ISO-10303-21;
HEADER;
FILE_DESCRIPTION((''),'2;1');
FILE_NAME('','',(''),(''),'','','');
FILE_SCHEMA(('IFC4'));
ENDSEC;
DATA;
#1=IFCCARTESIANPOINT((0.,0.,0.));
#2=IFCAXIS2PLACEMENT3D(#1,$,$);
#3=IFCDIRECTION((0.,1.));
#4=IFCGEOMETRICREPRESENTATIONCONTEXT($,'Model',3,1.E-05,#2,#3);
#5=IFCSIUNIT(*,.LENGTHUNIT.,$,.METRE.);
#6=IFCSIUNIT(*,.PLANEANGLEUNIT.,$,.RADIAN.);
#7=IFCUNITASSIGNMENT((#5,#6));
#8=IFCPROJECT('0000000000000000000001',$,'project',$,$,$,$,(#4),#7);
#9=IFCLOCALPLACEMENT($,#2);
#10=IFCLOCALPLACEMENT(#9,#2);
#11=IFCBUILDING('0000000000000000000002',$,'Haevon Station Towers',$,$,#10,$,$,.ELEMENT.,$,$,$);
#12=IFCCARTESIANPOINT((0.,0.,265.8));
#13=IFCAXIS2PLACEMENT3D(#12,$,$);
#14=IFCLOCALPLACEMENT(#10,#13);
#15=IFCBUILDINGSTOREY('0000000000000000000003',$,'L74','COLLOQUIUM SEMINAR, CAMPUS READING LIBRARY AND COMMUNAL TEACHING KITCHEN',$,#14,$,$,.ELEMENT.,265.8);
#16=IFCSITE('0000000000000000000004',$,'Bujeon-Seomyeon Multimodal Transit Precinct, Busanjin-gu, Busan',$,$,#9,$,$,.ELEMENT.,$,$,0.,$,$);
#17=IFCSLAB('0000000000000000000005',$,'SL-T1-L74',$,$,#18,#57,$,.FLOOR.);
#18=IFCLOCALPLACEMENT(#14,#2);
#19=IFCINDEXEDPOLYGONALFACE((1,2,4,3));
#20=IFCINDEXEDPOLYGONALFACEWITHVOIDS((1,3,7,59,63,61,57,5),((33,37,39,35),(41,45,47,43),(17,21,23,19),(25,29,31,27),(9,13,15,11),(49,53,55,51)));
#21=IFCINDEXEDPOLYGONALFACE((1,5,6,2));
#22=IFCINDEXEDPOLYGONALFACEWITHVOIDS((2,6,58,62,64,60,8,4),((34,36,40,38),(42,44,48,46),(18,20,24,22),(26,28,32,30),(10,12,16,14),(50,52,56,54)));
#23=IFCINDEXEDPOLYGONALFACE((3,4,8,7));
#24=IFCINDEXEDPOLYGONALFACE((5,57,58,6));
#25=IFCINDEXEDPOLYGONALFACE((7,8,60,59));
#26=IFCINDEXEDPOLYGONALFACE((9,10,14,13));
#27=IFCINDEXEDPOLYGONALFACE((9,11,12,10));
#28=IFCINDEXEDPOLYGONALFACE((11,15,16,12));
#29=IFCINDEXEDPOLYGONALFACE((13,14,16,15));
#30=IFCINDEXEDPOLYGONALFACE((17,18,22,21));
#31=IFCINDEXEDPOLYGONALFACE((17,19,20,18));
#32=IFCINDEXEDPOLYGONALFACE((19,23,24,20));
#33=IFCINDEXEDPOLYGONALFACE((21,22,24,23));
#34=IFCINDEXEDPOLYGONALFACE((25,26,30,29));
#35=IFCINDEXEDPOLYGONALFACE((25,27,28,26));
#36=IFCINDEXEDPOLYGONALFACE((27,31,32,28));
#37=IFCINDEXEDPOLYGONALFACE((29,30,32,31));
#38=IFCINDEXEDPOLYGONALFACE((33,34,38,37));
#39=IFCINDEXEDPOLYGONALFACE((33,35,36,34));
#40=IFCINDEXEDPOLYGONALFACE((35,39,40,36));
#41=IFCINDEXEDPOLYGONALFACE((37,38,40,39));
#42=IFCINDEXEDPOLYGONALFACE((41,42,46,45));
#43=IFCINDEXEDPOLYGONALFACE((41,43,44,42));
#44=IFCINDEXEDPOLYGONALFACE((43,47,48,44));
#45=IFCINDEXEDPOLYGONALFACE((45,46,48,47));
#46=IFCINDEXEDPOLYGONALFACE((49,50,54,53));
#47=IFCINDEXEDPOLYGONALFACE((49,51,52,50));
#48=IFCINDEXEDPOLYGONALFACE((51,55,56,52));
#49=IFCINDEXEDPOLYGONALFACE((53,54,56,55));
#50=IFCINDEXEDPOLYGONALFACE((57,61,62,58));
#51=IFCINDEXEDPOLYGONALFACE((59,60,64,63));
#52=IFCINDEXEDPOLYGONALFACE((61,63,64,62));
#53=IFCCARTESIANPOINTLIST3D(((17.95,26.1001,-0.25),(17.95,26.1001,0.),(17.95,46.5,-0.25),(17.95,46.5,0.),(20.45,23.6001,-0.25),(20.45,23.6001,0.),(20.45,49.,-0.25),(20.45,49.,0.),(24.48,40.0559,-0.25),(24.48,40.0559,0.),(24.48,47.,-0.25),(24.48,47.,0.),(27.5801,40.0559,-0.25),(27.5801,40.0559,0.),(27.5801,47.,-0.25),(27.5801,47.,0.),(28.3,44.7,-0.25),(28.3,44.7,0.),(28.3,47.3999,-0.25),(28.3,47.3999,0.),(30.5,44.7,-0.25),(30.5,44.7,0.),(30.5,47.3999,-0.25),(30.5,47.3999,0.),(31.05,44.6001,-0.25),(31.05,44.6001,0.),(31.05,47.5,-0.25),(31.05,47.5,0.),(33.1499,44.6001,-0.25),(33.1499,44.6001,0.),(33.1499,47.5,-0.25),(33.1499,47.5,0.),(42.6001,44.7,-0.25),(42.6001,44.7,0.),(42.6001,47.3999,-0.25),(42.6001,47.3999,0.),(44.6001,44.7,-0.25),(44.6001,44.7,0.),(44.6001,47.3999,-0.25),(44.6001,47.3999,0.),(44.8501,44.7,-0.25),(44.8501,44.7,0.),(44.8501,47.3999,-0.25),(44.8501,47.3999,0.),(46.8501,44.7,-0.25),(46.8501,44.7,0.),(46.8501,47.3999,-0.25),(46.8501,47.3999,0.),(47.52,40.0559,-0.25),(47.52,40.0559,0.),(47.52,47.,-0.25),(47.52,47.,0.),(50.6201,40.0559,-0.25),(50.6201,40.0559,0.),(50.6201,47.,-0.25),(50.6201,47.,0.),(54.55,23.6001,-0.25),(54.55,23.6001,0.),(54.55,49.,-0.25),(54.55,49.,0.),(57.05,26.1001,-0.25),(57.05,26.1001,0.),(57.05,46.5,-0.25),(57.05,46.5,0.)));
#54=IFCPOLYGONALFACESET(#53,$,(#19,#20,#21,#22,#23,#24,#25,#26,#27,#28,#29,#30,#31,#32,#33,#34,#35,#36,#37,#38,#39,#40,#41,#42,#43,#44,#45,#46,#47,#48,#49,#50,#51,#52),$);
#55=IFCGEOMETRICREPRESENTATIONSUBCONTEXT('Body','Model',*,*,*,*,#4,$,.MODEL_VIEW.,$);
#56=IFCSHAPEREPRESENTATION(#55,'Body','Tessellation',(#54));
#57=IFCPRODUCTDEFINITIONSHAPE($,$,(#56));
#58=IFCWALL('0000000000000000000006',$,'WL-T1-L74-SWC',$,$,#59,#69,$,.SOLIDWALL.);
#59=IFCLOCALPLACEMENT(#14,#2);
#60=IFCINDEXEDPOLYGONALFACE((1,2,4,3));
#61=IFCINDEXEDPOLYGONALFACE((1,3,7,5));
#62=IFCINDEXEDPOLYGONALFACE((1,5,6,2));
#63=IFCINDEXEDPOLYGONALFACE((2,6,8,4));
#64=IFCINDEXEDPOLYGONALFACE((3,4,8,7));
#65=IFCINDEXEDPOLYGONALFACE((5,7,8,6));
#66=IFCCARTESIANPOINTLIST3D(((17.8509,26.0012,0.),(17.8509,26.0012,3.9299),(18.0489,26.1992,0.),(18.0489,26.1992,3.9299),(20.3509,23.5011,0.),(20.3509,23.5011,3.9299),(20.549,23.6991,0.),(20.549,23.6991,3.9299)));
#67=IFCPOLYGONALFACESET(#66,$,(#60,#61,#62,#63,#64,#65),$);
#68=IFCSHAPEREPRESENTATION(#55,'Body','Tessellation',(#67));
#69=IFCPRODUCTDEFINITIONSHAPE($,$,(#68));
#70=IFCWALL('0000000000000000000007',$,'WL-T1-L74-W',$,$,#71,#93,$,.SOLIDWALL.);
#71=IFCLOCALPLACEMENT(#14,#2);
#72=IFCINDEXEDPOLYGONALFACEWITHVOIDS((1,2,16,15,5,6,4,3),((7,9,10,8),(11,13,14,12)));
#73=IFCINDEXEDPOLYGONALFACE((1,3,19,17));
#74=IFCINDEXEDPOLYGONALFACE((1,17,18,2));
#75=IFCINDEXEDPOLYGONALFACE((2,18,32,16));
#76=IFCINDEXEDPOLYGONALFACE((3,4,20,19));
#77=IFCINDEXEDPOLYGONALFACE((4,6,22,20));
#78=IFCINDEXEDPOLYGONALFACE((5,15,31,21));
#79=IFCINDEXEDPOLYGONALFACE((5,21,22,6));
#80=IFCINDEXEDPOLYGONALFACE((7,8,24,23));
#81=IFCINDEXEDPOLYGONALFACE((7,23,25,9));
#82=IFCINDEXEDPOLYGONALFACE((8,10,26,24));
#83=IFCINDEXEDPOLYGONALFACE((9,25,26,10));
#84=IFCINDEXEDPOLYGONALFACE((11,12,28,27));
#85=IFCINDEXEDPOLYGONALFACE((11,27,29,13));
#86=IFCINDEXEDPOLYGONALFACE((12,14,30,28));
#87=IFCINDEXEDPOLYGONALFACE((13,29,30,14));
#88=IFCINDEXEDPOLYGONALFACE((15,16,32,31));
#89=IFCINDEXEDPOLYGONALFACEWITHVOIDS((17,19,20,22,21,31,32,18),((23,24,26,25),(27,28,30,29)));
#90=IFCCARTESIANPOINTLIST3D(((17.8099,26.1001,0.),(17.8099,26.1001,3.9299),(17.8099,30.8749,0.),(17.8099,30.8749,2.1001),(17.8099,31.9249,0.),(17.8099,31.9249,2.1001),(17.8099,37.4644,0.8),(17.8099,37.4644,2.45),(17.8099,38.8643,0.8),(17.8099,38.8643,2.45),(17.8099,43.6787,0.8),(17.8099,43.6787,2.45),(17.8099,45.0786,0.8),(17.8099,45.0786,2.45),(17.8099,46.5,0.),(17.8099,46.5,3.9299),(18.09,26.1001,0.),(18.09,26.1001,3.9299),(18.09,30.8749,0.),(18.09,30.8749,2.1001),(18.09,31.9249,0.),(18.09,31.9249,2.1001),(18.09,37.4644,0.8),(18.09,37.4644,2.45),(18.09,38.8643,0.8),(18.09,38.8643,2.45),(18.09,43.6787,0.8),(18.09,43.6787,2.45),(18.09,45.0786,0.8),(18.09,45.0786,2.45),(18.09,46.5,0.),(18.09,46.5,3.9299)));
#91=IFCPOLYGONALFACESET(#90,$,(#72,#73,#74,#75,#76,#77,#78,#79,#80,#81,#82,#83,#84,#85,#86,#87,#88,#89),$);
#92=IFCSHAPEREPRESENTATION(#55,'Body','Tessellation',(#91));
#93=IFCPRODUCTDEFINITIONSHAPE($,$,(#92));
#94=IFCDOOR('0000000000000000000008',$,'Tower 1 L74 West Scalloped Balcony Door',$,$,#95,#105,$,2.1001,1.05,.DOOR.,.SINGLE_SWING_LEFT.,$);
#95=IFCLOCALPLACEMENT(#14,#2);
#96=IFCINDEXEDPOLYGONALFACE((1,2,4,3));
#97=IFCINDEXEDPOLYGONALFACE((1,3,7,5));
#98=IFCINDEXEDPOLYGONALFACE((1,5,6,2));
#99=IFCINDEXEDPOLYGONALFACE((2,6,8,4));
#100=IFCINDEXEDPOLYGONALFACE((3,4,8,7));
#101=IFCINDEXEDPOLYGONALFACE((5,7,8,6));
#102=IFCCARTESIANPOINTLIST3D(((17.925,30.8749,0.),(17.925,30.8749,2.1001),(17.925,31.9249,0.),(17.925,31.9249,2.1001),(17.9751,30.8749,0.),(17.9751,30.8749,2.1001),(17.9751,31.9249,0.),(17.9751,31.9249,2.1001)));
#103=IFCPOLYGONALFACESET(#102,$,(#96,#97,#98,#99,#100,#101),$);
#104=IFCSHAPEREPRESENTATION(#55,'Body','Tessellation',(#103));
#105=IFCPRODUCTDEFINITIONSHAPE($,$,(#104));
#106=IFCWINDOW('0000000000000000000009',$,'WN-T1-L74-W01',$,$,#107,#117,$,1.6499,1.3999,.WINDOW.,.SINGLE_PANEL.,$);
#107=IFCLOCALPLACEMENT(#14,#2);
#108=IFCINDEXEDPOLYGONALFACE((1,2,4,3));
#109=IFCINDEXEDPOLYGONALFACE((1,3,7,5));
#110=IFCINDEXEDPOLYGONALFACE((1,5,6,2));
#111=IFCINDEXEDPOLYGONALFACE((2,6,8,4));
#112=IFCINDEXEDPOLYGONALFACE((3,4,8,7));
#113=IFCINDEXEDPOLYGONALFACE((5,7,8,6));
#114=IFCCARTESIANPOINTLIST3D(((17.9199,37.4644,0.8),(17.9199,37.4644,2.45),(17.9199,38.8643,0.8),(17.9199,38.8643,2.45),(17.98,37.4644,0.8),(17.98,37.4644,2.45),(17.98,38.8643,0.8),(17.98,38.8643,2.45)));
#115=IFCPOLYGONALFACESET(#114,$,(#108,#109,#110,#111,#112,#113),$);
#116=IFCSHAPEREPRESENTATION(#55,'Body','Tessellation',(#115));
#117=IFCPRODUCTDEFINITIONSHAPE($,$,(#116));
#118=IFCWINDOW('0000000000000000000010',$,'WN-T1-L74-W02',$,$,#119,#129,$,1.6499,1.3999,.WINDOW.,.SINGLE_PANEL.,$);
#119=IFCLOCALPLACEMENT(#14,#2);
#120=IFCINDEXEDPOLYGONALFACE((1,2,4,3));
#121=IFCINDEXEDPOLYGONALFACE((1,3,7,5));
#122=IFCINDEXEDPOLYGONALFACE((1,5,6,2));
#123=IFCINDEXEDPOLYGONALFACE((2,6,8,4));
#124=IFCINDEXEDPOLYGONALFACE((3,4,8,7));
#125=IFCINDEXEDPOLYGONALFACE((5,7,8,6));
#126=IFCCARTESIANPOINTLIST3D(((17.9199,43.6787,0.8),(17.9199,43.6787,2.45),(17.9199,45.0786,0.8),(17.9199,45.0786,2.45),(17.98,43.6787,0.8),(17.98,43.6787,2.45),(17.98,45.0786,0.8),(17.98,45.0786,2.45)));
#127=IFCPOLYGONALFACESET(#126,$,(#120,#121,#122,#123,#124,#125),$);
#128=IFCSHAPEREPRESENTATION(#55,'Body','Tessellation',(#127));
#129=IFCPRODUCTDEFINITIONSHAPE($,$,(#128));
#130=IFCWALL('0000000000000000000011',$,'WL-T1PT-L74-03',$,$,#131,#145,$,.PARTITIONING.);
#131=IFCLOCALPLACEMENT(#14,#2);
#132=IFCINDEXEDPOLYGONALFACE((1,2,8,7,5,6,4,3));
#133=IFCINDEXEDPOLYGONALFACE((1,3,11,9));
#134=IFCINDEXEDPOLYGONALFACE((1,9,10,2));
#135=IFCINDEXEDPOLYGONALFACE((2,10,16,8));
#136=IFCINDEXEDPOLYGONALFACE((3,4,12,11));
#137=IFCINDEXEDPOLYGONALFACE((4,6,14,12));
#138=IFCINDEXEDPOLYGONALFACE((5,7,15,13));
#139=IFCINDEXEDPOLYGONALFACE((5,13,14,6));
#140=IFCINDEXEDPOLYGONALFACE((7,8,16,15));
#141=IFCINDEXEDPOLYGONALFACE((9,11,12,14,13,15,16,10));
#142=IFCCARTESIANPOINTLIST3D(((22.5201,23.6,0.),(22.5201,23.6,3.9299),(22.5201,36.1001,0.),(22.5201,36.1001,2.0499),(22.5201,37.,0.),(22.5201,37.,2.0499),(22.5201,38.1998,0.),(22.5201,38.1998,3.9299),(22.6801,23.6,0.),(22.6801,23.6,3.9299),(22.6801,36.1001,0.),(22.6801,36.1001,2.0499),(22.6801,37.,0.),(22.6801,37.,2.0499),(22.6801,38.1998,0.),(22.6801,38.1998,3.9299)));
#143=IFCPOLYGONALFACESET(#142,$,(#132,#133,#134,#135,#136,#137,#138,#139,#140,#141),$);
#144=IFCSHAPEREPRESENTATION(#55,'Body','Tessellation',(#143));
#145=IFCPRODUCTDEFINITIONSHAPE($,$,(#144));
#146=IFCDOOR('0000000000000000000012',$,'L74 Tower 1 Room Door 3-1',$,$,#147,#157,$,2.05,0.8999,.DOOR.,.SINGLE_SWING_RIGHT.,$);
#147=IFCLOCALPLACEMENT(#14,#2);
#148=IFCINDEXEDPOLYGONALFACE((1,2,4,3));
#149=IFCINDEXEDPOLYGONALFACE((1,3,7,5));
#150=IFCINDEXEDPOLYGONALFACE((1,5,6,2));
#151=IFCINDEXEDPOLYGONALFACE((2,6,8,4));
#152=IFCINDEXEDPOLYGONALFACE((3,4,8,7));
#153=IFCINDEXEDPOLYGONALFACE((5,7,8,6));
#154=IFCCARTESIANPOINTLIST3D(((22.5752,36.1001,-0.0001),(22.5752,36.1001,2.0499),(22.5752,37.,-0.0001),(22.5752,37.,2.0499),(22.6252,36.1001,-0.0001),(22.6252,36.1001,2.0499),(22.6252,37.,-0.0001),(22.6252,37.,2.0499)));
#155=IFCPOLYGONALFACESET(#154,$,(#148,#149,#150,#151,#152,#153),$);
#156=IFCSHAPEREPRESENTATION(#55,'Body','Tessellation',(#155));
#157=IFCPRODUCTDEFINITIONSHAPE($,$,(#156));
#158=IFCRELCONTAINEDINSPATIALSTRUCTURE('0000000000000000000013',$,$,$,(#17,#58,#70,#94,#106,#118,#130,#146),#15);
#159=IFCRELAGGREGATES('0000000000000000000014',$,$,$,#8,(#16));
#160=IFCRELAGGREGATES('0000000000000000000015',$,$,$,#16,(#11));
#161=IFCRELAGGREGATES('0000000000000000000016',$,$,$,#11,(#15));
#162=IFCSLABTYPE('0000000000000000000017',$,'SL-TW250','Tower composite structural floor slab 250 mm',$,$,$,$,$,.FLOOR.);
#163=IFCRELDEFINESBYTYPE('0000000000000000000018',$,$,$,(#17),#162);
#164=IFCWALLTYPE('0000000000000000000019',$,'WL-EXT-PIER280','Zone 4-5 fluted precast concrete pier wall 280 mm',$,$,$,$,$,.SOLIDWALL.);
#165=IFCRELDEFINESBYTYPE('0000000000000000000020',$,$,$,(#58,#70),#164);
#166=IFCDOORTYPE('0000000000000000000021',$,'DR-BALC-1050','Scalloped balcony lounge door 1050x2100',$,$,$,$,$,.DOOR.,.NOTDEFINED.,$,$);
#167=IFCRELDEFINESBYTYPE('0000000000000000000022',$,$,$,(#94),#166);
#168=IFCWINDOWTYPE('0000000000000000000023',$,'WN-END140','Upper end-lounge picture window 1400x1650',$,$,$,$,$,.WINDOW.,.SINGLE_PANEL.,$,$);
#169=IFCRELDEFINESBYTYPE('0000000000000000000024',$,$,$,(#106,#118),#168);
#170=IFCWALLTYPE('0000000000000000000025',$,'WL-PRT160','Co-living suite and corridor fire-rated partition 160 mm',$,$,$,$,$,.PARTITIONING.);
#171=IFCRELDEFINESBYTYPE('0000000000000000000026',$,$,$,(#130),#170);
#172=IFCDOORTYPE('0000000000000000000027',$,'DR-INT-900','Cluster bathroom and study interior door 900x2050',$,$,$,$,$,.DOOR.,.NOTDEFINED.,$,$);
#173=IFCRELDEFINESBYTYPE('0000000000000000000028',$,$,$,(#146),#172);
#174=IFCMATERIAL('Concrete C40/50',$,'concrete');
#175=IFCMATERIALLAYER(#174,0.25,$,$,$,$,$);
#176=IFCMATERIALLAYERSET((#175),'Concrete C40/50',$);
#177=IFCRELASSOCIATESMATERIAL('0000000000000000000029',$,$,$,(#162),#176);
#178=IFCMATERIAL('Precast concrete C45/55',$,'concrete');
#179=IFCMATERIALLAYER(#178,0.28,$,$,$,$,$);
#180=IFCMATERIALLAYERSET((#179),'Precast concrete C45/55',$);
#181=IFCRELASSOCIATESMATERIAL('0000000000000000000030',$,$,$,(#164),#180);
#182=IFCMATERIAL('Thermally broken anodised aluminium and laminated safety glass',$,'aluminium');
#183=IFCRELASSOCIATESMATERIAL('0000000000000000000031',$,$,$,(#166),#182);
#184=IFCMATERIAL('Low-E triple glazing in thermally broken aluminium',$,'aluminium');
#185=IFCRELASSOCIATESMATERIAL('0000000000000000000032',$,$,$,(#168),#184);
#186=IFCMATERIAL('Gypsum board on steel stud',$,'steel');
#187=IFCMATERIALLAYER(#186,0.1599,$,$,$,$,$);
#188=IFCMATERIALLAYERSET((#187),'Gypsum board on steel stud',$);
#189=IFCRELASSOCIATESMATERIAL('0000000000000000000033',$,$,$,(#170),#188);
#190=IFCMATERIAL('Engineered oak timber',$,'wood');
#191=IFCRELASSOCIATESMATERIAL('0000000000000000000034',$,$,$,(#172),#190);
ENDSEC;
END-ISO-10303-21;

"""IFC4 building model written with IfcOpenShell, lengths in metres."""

from ifc_helpers import new_model, si_unit, direction, frame, frame_2d, origin, place, context, subcontext, project, spatial, polyline, rectangle, outline, extrude, material, layer, layer_set, type_object, element, fill, save


model = new_model("IFC4")

# Units and contexts
model_context = context("Model", 3, precision=1e-05, world=origin(), true_north=direction((0.0, 1.0)))
body_context = subcontext(model_context, "Body", "Model", "MODEL_VIEW")
ifc_project = project(units=[si_unit("LENGTHUNIT", "METRE"), si_unit("PLANEANGLEUNIT", "RADIAN")], contexts=[model_context])

# Site, building, storey
site_placement = place(None, origin())
site = spatial("IfcSite", under=ifc_project, at=site_placement, Name="Bujeon-Seomyeon Multimodal Transit Precinct, Busanjin-gu, Busan", CompositionType="ELEMENT", RefElevation=0.0)
building_placement = place(site_placement, origin())
building = spatial("IfcBuilding", under=site, at=building_placement, Name="Haevon Station Towers", CompositionType="ELEMENT")
storey_placement = place(building_placement, frame((0.0, 0.0, 265.8)))
storey = spatial("IfcBuildingStorey", under=building, at=storey_placement, Name="L74", Description="COLLOQUIUM SEMINAR, CAMPUS READING LIBRARY AND COMMUNAL TEACHING KITCHEN", CompositionType="ELEMENT", Elevation=265.8)

# Shared definitions
ifc_material_1 = material(Name="Concrete C40/50", Category="concrete")

# Slab
ifc_layer_1 = layer(ifc_material_1, 0.25)
ifc_layer_set_1 = layer_set([ifc_layer_1], Name="Concrete C40/50")
slab_type_1 = type_object("IfcSlabType", Name="SL-TW250", Description="Tower composite structural floor slab 250 mm", PredefinedType="FLOOR", material=ifc_layer_set_1)
slab_1_placement = place(storey_placement, frame((0.0, 0.0, -0.25)))
element("IfcSlab", 1, at=slab_1_placement, inside=storey, type_object=slab_type_1, Name="SL-T1-L74", PredefinedType="FLOOR", context=body_context, shape_type="SweptSolid", body=[
    extrude(outline(polyline([(20.45, 23.6001), (54.55, 23.6001), (57.05, 26.1001), (57.05, 46.5), (54.55, 49.0), (20.45, 49.0), (17.95, 46.5), (17.95, 26.1001), (20.45, 23.6001)]), holes=[polyline([(27.5801, 40.0559), (27.5801, 47.0), (24.48, 47.0), (24.48, 40.0559), (27.5801, 40.0559)]), polyline([(50.6201, 40.0559), (50.6201, 47.0), (47.52, 47.0), (47.52, 40.0559), (50.6201, 40.0559)]), polyline([(28.3, 44.7), (30.5, 44.7), (30.5, 47.3999), (28.3, 47.3999), (28.3, 44.7)]), polyline([(31.05, 44.6001), (33.1499, 44.6001), (33.1499, 47.5), (31.05, 47.5), (31.05, 44.6001)]), polyline([(42.6001, 44.7), (44.6001, 44.7), (44.6001, 47.3999), (42.6001, 47.3999), (42.6001, 44.7)]), polyline([(44.8501, 44.7), (46.8501, 44.7), (46.8501, 47.3999), (44.8501, 47.3999), (44.8501, 44.7)])]), origin(), (0.0, 0.0, 1.0), 0.25),
])

# Wall
ifc_material_2 = material(Name="Precast concrete C45/55", Category="concrete")
ifc_layer_2 = layer(ifc_material_2, 0.28)
ifc_layer_set_2 = layer_set([ifc_layer_2], Name="Precast concrete C45/55")
wall_type_1 = type_object("IfcWallType", Name="WL-EXT-PIER280", Description="Zone 4-5 fluted precast concrete pier wall 280 mm", PredefinedType="SOLIDWALL", material=ifc_layer_set_2)
wall_1_placement = place(storey_placement, frame((20.45, 23.6001, 0.0), z_axis=(0.0, 0.0, 1.0), x_axis=(-0.707107, 0.707107, 0.0)))
element("IfcWall", 2, at=wall_1_placement, inside=storey, type_object=wall_type_1, Name="WL-T1-L74-SWC", PredefinedType="SOLIDWALL", context=body_context, shape_type="SweptSolid", body=[
    extrude(rectangle(XDim=3.5356, YDim=0.28, at=frame_2d((1.7678, 0.0))), origin(), (0.0, 0.0, 1.0), 3.9299),
])

# Wall, openings, door, windows
wall_2_placement = place(storey_placement, frame((17.95, 26.1001, 0.0), z_axis=(0.0, 0.0, 1.0), x_axis=(0.0, 1.0, 0.0)))
wall_2 = element("IfcWall", 3, at=wall_2_placement, inside=storey, type_object=wall_type_1, Name="WL-T1-L74-W", PredefinedType="SOLIDWALL", context=body_context, shape_type="SweptSolid", body=[
    extrude(rectangle(XDim=20.3999, YDim=0.28, at=frame_2d((10.2, 0.0))), origin(), (0.0, 0.0, 1.0), 3.9299),
])
opening_1_placement = place(wall_2_placement, frame((4.7749, 0.0, 0.0)))
opening_1 = element("IfcOpeningElement", 4, at=opening_1_placement, cuts=wall_2, PredefinedType="OPENING", context=body_context, shape_type="SweptSolid", body=[
    extrude(rectangle(XDim=1.05, YDim=2.1001, at=frame_2d((0.5249, 1.05))), frame((0.0, 0.1499, 0.0), z_axis=(0.0, -1.0, 0.0), x_axis=(1.0, 0.0, 0.0)), (0.0, 0.0, 1.0), 0.3),
])
opening_2_placement = place(wall_2_placement, frame((11.3643, 0.0, 0.8)))
opening_2 = element("IfcOpeningElement", 5, at=opening_2_placement, cuts=wall_2, PredefinedType="OPENING", context=body_context, shape_type="SweptSolid", body=[
    extrude(rectangle(XDim=1.3999, YDim=1.6499, at=frame_2d((0.7, 0.825))), frame((0.0, 0.1499, 0.0), z_axis=(0.0, -1.0, 0.0), x_axis=(1.0, 0.0, 0.0)), (0.0, 0.0, 1.0), 0.3),
])
opening_3_placement = place(wall_2_placement, frame((17.5786, 0.0, 0.8)))
opening_3 = element("IfcOpeningElement", 6, at=opening_3_placement, cuts=wall_2, PredefinedType="OPENING", context=body_context, shape_type="SweptSolid", body=[
    extrude(rectangle(XDim=1.3999, YDim=1.6499, at=frame_2d((0.7, 0.825))), frame((0.0, 0.1499, 0.0), z_axis=(0.0, -1.0, 0.0), x_axis=(1.0, 0.0, 0.0)), (0.0, 0.0, 1.0), 0.3),
])
ifc_material_3 = material(Name="Thermally broken anodised aluminium and laminated safety glass", Category="aluminium")
door_type_1 = type_object("IfcDoorType", Name="DR-BALC-1050", Description="Scalloped balcony lounge door 1050x2100", OperationType="NOTDEFINED", PredefinedType="DOOR", material=ifc_material_3)
door_1_placement = place(opening_1_placement, origin())
door_1 = element("IfcDoor", 7, at=door_1_placement, inside=storey, type_object=door_type_1, Name="Tower 1 L74 West Scalloped Balcony Door", OperationType="SINGLE_SWING_LEFT", OverallHeight=2.1001, OverallWidth=1.05, PredefinedType="DOOR", context=body_context, shape_type="SweptSolid", body=[
    extrude(rectangle(XDim=1.05, YDim=2.1001, at=frame_2d((0.5249, 1.05))), frame((0.0, 0.0249, 0.0), z_axis=(0.0, -1.0, 0.0), x_axis=(1.0, 0.0, 0.0)), (0.0, 0.0, 1.0), 0.05),
])
fill(opening_1, door_1)
ifc_material_4 = material(Name="Low-E triple glazing in thermally broken aluminium", Category="aluminium")
window_type = type_object("IfcWindowType", Name="WN-END140", Description="Upper end-lounge picture window 1400x1650", PartitioningType="SINGLE_PANEL", PredefinedType="WINDOW", material=ifc_material_4)
window_1_placement = place(opening_2_placement, origin())
window_1 = element("IfcWindow", 8, at=window_1_placement, inside=storey, type_object=window_type, Name="WN-T1-L74-W01", OverallHeight=1.6499, OverallWidth=1.3999, PartitioningType="SINGLE_PANEL", PredefinedType="WINDOW", context=body_context, shape_type="SweptSolid", body=[
    extrude(rectangle(XDim=1.3999, YDim=1.6499, at=frame_2d((0.7, 0.825))), frame((0.0, 0.03, 0.0), z_axis=(0.0, -1.0, 0.0), x_axis=(1.0, 0.0, 0.0)), (0.0, 0.0, 1.0), 0.0601),
])
fill(opening_2, window_1)
window_2_placement = place(opening_3_placement, origin())
window_2 = element("IfcWindow", 9, at=window_2_placement, inside=storey, type_object=window_type, Name="WN-T1-L74-W02", OverallHeight=1.6499, OverallWidth=1.3999, PartitioningType="SINGLE_PANEL", PredefinedType="WINDOW", context=body_context, shape_type="SweptSolid", body=[
    extrude(rectangle(XDim=1.3999, YDim=1.6499, at=frame_2d((0.7, 0.825))), frame((0.0, 0.03, 0.0), z_axis=(0.0, -1.0, 0.0), x_axis=(1.0, 0.0, 0.0)), (0.0, 0.0, 1.0), 0.0601),
])
fill(opening_3, window_2)

# Wall, opening, door
ifc_material_5 = material(Name="Gypsum board on steel stud", Category="steel")
ifc_layer_3 = layer(ifc_material_5, 0.1599)
ifc_layer_set_3 = layer_set([ifc_layer_3], Name="Gypsum board on steel stud")
wall_type_2 = type_object("IfcWallType", Name="WL-PRT160", Description="Co-living suite and corridor fire-rated partition 160 mm", PredefinedType="PARTITIONING", material=ifc_layer_set_3)
wall_3_placement = place(storey_placement, frame((22.6001, 23.6001, 0.0), z_axis=(0.0, 0.0, 1.0), x_axis=(0.0, 1.0, 0.0)))
wall_3 = element("IfcWall", 10, at=wall_3_placement, inside=storey, type_object=wall_type_2, Name="WL-T1PT-L74-03", PredefinedType="PARTITIONING", context=body_context, shape_type="SweptSolid", body=[
    extrude(rectangle(XDim=14.5999, YDim=0.1599, at=frame_2d((7.2998, 0.0))), origin(), (0.0, 0.0, 1.0), 3.9299),
])
opening_4_placement = place(wall_3_placement, frame((12.5, 0.0, 0.0)))
opening_4 = element("IfcOpeningElement", 11, at=opening_4_placement, cuts=wall_3, PredefinedType="OPENING", context=body_context, shape_type="SweptSolid", body=[
    extrude(rectangle(XDim=0.8999, YDim=2.05, at=frame_2d((0.45, 1.0249))), frame((0.0, 0.0898, 0.0), z_axis=(0.0, -1.0, 0.0), x_axis=(1.0, 0.0, 0.0)), (0.0, 0.0, 1.0), 0.1799),
])
ifc_material_6 = material(Name="Engineered oak timber", Category="wood")
door_type_2 = type_object("IfcDoorType", Name="DR-INT-900", Description="Cluster bathroom and study interior door 900x2050", OperationType="NOTDEFINED", PredefinedType="DOOR", material=ifc_material_6)
door_2_placement = place(opening_4_placement, origin())
door_2 = element("IfcDoor", 12, at=door_2_placement, inside=storey, type_object=door_type_2, Name="L74 Tower 1 Room Door 3-1", OperationType="SINGLE_SWING_RIGHT", OverallHeight=2.05, OverallWidth=0.8999, PredefinedType="DOOR", context=body_context, shape_type="SweptSolid", body=[
    extrude(rectangle(XDim=0.8999, YDim=2.05, at=frame_2d((0.45, 1.0249))), frame((0.0, 0.0249, 0.0), z_axis=(0.0, -1.0, 0.0), x_axis=(1.0, 0.0, 0.0)), (0.0, 0.0, 1.0), 0.05),
])
fill(opening_4, door_2)

save(model, "model.ifc")
